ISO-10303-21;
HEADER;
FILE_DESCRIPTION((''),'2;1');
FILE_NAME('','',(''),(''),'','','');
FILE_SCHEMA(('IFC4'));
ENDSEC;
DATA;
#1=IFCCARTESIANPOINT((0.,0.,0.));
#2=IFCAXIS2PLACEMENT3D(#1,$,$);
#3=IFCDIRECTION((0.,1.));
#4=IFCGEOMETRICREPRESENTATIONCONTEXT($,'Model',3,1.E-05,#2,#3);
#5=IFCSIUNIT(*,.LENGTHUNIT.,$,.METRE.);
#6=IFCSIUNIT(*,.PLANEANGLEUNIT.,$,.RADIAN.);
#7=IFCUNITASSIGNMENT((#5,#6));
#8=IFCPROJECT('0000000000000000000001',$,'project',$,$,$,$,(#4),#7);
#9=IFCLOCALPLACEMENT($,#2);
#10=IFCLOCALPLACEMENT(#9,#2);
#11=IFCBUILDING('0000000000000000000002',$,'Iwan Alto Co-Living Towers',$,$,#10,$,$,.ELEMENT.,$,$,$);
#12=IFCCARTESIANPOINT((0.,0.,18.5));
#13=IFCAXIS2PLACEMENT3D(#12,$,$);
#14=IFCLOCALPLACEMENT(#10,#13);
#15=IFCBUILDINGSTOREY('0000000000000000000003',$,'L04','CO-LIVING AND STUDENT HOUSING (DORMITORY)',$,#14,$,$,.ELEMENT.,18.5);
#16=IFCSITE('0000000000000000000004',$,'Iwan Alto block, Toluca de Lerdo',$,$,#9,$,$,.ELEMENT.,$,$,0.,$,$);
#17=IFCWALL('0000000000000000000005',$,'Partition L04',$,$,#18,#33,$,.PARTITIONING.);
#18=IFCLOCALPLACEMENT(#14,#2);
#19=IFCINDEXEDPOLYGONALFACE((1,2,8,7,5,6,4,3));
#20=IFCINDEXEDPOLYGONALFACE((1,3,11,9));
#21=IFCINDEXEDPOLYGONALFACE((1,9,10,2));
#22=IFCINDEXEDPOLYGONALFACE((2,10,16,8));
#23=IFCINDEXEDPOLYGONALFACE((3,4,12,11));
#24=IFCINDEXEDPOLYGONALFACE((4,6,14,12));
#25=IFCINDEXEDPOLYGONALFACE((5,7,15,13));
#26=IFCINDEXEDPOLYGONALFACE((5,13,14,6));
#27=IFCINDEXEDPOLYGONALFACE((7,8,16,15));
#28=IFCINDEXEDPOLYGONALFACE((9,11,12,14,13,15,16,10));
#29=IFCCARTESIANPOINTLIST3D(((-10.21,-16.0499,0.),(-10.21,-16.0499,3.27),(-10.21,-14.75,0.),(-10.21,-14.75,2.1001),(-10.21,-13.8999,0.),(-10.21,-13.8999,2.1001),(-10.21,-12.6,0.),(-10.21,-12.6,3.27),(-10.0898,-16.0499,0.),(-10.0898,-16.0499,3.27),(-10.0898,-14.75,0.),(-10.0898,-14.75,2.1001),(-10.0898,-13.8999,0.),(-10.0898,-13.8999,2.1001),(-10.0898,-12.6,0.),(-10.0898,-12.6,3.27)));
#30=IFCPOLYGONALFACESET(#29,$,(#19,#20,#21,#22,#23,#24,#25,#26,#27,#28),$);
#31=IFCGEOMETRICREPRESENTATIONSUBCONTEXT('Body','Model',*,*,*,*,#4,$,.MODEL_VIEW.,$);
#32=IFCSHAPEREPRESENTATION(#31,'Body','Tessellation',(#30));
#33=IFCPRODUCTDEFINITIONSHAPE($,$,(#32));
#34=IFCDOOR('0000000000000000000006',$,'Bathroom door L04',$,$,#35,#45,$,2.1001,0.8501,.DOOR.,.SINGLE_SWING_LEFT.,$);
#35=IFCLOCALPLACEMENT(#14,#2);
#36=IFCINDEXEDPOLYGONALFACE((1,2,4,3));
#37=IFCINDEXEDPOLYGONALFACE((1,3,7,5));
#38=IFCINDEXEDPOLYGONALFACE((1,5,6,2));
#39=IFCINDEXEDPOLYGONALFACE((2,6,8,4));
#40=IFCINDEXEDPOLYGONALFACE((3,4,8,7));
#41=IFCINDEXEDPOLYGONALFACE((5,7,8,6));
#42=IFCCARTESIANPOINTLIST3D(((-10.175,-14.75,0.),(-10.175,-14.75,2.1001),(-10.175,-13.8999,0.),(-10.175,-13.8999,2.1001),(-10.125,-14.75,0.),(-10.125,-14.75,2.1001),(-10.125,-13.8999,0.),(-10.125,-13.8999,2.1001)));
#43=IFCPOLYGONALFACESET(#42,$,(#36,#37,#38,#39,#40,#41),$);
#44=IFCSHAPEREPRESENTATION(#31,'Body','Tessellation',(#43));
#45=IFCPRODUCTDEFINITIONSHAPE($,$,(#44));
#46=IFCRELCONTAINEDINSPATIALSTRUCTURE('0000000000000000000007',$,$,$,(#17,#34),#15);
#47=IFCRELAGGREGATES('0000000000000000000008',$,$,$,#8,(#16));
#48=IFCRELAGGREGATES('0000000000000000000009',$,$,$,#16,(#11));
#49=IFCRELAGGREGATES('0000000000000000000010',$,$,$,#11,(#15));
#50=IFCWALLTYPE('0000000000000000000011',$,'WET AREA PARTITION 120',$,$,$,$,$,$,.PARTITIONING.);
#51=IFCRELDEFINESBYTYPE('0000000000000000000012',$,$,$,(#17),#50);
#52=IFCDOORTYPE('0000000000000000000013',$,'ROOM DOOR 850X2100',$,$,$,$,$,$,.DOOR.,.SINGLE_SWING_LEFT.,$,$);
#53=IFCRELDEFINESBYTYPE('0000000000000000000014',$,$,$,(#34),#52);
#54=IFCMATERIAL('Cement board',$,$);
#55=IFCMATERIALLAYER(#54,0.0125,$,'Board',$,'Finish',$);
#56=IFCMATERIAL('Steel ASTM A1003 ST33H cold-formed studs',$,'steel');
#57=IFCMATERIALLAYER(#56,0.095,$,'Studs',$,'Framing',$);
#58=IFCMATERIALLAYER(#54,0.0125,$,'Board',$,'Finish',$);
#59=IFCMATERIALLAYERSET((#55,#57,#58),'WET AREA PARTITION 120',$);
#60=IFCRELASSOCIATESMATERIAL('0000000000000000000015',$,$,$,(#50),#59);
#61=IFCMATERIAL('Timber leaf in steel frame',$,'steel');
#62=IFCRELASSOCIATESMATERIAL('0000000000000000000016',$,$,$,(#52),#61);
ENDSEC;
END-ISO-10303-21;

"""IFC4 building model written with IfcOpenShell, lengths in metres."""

from ifc_helpers import new_model, si_unit, direction, frame, frame_2d, origin, place, context, subcontext, project, spatial, rectangle, extrude, material, layer, layer_set, type_object, element, fill, save


model = new_model("IFC4")

# Units and contexts
model_context = context("Model", 3, precision=1e-05, world=origin(), true_north=direction((0.0, 1.0)))
body_context = subcontext(model_context, "Body", "Model", "MODEL_VIEW")
ifc_project = project(units=[si_unit("LENGTHUNIT", "METRE"), si_unit("PLANEANGLEUNIT", "RADIAN")], contexts=[model_context])

# Site, building, storey
site_placement = place(None, origin())
site = spatial("IfcSite", under=ifc_project, at=site_placement, Name="Iwan Alto block, Toluca de Lerdo", CompositionType="ELEMENT", RefElevation=0.0)
building_placement = place(site_placement, origin())
building = spatial("IfcBuilding", under=site, at=building_placement, Name="Iwan Alto Co-Living Towers", CompositionType="ELEMENT")
storey_placement = place(building_placement, frame((0.0, 0.0, 18.5)))
storey = spatial("IfcBuildingStorey", under=building, at=storey_placement, Name="L04", Description="CO-LIVING AND STUDENT HOUSING (DORMITORY)", CompositionType="ELEMENT", Elevation=18.5)

# Shared definitions
ifc_material_1 = material(Name="Steel ASTM A1003 ST33H cold-formed studs", Category="steel")

# Wall, opening, door
ifc_material_2 = material(Name="Cement board")
ifc_layer_1 = layer(ifc_material_2, 0.0125, Name="Board", Category="Finish")
ifc_layer_2 = layer(ifc_material_1, 0.095, Name="Studs", Category="Framing")
ifc_layer_3 = layer(ifc_material_2, 0.0125, Name="Board", Category="Finish")
ifc_layer_set_1 = layer_set([ifc_layer_1, ifc_layer_2, ifc_layer_3], Name="WET AREA PARTITION 120")
wall_type_1 = type_object("IfcWallType", Name="WET AREA PARTITION 120", PredefinedType="PARTITIONING", material=ifc_layer_set_1)
wall_1_placement = place(storey_placement, frame((-10.1499, -16.05, 0.0), z_axis=(0.0, 0.0, 1.0), x_axis=(0.0, 1.0, 0.0)))
wall_1 = element("IfcWall", 1, at=wall_1_placement, inside=storey, type_object=wall_type_1, Name="Partition L04", PredefinedType="PARTITIONING", context=body_context, shape_type="SweptSolid", body=[
    extrude(rectangle(XDim=3.45, YDim=0.1201, at=frame_2d((1.7251, 0.0))), origin(), (0.0, 0.0, 1.0), 3.27),
])
opening_placement = place(wall_1_placement, frame((1.3, 0.0, 0.0)))
opening = element("IfcOpeningElement", 2, at=opening_placement, cuts=wall_1, PredefinedType="OPENING", context=body_context, shape_type="SweptSolid", body=[
    extrude(rectangle(XDim=0.8501, YDim=2.1001, at=frame_2d((0.425, 1.05))), frame((0.0, 0.0701, 0.0), z_axis=(0.0, -1.0, 0.0), x_axis=(1.0, 0.0, 0.0)), (0.0, 0.0, 1.0), 0.1401),
])
ifc_material_3 = material(Name="Timber leaf in steel frame", Category="steel")
door_type = type_object("IfcDoorType", Name="ROOM DOOR 850X2100", OperationType="SINGLE_SWING_LEFT", PredefinedType="DOOR", material=ifc_material_3)
door_placement = place(opening_placement, frame((0.8501, 0.0, 0.0), z_axis=(0.0, 0.0, 1.0), x_axis=(-1.0, 0.0, 0.0)))
door = element("IfcDoor", 3, at=door_placement, inside=storey, type_object=door_type, Name="Bathroom door L04", OperationType="SINGLE_SWING_LEFT", OverallHeight=2.1001, OverallWidth=0.8501, PredefinedType="DOOR", context=body_context, shape_type="SweptSolid", body=[
    extrude(rectangle(XDim=0.8501, YDim=2.1001, at=frame_2d((0.425, 1.05))), frame((0.0, 0.0249, 0.0), z_axis=(0.0, -1.0, 0.0), x_axis=(1.0, 0.0, 0.0)), (0.0, 0.0, 1.0), 0.05),
])
fill(opening, door)

save(model, "model.ifc")
